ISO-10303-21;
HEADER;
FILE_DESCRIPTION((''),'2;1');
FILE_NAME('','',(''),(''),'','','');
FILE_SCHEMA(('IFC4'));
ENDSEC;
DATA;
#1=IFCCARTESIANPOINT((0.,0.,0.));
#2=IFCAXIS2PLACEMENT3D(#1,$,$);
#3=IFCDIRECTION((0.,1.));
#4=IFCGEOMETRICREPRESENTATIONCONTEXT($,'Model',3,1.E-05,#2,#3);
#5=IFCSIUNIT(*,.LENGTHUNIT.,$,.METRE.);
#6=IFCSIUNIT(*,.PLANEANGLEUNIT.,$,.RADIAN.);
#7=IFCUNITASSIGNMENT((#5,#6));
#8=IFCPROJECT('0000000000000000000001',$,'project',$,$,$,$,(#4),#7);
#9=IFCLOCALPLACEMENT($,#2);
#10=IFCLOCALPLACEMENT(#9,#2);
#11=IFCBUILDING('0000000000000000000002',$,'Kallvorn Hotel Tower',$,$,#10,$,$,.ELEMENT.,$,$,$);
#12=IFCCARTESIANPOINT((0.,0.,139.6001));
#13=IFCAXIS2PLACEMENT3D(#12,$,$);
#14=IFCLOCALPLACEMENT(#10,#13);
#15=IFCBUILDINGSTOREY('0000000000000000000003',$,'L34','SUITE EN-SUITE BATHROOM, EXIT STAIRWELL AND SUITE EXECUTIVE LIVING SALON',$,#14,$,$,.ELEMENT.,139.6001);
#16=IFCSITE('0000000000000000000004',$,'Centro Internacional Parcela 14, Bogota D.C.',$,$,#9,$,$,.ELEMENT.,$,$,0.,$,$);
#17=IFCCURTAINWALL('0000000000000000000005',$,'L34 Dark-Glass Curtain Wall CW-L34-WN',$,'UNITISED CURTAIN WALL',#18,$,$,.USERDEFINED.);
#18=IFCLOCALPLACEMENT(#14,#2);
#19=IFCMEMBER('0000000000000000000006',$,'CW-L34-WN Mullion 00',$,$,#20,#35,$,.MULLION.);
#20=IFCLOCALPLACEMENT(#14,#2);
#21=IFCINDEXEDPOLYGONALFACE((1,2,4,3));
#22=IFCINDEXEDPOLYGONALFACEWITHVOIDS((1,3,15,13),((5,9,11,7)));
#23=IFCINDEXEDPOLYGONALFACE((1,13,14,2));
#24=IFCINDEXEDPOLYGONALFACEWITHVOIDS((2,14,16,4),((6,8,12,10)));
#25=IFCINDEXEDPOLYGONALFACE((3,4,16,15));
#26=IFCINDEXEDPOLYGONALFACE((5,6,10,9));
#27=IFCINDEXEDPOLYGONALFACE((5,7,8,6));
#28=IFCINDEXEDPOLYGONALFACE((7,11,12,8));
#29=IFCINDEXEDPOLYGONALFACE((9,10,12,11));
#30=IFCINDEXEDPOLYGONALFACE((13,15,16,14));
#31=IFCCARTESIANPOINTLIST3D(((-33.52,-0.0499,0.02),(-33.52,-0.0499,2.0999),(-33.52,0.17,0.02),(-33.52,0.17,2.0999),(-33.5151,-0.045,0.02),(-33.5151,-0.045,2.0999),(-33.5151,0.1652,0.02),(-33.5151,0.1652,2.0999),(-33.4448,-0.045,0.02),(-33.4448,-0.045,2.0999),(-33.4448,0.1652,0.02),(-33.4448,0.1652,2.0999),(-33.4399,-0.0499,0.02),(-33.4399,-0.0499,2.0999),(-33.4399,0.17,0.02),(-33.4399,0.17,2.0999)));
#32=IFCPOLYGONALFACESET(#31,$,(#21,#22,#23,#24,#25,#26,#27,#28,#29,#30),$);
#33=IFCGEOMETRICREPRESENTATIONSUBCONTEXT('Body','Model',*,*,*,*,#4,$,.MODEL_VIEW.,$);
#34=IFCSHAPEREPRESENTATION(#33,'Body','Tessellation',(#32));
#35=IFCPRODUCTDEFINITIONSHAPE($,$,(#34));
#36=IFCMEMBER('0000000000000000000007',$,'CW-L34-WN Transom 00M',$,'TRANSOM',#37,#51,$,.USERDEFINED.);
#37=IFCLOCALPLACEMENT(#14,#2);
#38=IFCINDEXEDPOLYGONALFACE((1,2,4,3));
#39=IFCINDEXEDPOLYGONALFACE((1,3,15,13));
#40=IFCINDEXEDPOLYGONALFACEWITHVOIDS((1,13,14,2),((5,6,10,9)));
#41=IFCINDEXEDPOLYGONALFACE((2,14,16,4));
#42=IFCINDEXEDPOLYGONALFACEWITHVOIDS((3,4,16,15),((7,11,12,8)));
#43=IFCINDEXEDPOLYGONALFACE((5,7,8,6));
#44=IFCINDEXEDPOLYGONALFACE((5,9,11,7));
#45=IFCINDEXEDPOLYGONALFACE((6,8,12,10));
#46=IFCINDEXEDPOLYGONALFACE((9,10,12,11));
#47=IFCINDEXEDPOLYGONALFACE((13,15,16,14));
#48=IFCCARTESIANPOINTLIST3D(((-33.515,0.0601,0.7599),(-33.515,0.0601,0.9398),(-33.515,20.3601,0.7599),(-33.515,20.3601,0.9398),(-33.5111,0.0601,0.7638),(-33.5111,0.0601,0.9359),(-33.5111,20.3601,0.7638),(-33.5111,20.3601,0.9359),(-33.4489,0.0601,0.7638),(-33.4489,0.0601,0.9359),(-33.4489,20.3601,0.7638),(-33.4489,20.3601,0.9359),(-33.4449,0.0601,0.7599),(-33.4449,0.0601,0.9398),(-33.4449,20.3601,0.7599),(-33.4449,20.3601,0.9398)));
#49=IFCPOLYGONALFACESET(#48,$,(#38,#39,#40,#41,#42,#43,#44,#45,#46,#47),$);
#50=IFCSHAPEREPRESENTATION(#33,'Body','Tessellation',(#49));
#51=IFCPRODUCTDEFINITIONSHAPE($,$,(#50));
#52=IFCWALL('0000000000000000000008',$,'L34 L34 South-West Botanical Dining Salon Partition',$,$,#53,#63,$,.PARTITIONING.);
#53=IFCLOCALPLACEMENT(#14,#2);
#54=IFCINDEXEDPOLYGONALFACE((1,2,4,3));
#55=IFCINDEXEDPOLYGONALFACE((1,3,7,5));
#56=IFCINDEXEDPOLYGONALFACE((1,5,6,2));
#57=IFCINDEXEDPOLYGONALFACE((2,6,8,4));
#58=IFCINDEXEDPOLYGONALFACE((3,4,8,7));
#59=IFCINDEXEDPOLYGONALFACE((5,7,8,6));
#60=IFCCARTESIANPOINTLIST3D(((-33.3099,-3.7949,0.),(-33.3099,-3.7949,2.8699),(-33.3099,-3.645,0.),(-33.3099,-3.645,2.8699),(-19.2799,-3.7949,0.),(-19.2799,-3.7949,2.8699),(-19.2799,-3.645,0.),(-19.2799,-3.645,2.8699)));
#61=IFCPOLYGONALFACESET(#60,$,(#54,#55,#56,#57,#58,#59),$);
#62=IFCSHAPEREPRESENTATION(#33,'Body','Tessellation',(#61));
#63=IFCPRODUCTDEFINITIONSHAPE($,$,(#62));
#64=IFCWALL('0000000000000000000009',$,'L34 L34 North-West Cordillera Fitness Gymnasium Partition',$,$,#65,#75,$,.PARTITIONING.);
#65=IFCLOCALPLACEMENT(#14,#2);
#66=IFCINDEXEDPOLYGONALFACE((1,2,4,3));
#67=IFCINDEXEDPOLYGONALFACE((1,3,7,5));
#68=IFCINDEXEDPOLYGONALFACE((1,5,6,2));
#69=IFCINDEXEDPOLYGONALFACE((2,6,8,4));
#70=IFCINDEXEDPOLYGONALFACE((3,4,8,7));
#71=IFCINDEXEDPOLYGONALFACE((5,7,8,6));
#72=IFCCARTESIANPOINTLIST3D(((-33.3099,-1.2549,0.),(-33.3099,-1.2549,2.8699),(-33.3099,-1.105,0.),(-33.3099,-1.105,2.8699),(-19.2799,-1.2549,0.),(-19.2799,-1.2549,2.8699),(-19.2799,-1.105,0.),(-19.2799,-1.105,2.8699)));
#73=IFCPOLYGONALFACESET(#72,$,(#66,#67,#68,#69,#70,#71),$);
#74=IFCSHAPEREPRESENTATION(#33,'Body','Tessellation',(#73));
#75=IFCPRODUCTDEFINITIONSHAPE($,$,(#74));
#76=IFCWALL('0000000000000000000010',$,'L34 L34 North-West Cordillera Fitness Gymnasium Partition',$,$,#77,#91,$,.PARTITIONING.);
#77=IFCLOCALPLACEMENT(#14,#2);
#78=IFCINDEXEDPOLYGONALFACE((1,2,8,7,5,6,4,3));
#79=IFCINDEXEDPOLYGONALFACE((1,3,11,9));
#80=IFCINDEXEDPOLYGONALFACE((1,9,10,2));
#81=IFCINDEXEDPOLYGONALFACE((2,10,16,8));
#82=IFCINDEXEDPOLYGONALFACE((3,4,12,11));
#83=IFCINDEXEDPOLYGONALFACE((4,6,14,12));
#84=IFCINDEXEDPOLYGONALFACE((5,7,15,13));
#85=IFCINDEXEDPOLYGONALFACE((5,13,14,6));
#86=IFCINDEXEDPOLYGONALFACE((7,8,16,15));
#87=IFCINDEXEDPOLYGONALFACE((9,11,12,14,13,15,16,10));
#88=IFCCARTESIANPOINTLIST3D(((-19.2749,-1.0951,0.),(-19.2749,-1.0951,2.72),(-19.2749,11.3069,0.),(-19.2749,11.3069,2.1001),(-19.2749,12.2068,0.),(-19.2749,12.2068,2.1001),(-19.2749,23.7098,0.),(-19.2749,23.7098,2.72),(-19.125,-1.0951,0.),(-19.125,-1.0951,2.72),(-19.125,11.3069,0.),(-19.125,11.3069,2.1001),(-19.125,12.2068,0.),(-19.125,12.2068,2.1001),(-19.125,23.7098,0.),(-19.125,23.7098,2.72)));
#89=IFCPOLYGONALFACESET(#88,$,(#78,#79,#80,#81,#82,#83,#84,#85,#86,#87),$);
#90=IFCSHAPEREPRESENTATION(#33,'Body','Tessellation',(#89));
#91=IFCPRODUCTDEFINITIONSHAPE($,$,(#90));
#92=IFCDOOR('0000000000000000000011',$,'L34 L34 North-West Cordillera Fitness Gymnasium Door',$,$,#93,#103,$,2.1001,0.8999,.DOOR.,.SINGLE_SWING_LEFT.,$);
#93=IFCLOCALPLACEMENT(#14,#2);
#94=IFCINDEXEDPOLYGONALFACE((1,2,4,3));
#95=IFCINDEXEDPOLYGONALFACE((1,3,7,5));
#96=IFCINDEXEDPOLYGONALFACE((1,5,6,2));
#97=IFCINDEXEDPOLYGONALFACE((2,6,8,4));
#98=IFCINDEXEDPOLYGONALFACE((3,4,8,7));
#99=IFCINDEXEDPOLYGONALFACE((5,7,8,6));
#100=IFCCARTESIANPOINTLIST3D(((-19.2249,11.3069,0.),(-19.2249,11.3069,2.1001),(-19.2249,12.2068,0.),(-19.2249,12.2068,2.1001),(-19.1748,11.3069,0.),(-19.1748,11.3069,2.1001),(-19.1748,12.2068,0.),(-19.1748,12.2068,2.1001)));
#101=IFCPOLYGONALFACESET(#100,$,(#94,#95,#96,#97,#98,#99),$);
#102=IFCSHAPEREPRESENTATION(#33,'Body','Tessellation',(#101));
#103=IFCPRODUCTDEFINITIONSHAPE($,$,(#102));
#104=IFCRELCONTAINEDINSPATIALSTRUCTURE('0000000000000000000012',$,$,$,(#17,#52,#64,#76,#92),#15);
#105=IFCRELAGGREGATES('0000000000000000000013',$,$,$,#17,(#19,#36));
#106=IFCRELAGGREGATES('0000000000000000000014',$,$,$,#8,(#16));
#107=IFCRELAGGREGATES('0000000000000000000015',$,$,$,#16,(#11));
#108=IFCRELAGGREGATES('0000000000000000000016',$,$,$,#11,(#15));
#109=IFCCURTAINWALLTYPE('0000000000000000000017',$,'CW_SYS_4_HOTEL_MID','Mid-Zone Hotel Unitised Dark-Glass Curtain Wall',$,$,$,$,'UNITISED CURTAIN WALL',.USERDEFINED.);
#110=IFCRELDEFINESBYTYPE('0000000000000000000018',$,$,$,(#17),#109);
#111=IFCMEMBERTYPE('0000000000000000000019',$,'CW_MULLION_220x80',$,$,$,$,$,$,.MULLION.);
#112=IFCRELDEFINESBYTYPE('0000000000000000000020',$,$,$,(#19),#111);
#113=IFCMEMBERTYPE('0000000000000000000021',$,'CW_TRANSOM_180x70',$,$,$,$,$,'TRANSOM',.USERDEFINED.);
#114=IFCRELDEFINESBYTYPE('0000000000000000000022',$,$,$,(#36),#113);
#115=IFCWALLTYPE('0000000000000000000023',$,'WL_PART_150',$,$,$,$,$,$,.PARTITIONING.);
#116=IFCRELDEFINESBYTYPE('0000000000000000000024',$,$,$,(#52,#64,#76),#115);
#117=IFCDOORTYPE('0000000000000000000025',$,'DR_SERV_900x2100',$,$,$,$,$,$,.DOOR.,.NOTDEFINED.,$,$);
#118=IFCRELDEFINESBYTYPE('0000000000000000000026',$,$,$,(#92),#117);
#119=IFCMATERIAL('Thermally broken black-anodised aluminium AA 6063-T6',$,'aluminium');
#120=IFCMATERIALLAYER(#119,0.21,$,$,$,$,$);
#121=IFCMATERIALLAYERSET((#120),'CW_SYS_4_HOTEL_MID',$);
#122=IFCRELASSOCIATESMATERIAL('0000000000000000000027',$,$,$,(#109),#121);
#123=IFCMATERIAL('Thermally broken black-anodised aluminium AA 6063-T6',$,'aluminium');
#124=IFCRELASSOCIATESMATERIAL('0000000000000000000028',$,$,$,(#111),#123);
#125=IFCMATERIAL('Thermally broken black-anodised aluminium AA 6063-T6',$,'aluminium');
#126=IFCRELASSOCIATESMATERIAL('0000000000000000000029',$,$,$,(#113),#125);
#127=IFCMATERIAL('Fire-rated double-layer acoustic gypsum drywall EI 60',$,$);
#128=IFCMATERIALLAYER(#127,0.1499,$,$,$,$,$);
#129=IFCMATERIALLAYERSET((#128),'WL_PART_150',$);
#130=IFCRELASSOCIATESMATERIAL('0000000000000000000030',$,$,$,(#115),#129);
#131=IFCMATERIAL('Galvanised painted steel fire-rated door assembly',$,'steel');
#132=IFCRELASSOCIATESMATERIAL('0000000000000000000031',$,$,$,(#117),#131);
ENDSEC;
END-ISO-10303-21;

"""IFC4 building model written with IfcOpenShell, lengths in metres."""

from ifc_helpers import new_model, si_unit, direction, frame, frame_2d, origin, origin_2d, place, context, subcontext, project, spatial, rectangle, hollow_rectangle, extrude, material, layer, layer_set, material_profile, profile_set, type_object, element, fill, aggregate, save


model = new_model("IFC4")

# Units and contexts
model_context = context("Model", 3, precision=1e-05, world=origin(), true_north=direction((0.0, 1.0)))
body_context = subcontext(model_context, "Body", "Model", "MODEL_VIEW")
ifc_project = project(units=[si_unit("LENGTHUNIT", "METRE"), si_unit("PLANEANGLEUNIT", "RADIAN")], contexts=[model_context])

# Site, building, storey
site_placement = place(None, origin())
site = spatial("IfcSite", under=ifc_project, at=site_placement, Name="Centro Internacional Parcela 14, Bogota D.C.", CompositionType="ELEMENT", RefElevation=0.0)
building_placement = place(site_placement, origin())
building = spatial("IfcBuilding", under=site, at=building_placement, Name="Kallvorn Hotel Tower", CompositionType="ELEMENT")
storey_placement = place(building_placement, frame((0.0, 0.0, 139.6001)))
storey = spatial("IfcBuildingStorey", under=building, at=storey_placement, Name="L34", Description="SUITE EN-SUITE BATHROOM, EXIT STAIRWELL AND SUITE EXECUTIVE LIVING SALON", CompositionType="ELEMENT", Elevation=139.6001)

# Curtain wall, members
ifc_material_1 = material(Name="Thermally broken black-anodised aluminium AA 6063-T6", Category="aluminium")
ifc_layer_1 = layer(ifc_material_1, 0.21)
ifc_layer_set_1 = layer_set([ifc_layer_1], Name="CW_SYS_4_HOTEL_MID")
curtain_wall_type = type_object("IfcCurtainWallType", Name="CW_SYS_4_HOTEL_MID", Description="Mid-Zone Hotel Unitised Dark-Glass Curtain Wall", ElementType="UNITISED CURTAIN WALL", PredefinedType="USERDEFINED", material=ifc_layer_set_1)
curtain_wall_placement = place(storey_placement, origin())
curtain_wall = element("IfcCurtainWall", 1, at=curtain_wall_placement, inside=storey, type_object=curtain_wall_type, Name="L34 Dark-Glass Curtain Wall CW-L34-WN", ObjectType="UNITISED CURTAIN WALL", PredefinedType="USERDEFINED")
ifc_material_2 = material(Name="Thermally broken black-anodised aluminium AA 6063-T6", Category="aluminium")
ifc_material_profile_1 = material_profile(ifc_material_2, hollow_rectangle(XDim=0.0801, YDim=0.22, WallThickness=0.0049, at=origin_2d()), Name="MUL 220x80")
ifc_profile_set_1 = profile_set([ifc_material_profile_1], Name="Thermally broken black-anodised aluminium AA 6063-T6")
member_type_1 = type_object("IfcMemberType", Name="CW_MULLION_220x80", PredefinedType="MULLION", material=ifc_profile_set_1)
member_1_placement = place(storey_placement, frame((-33.48, 0.0601, 0.02), z_axis=(0.0, 0.0, 1.0), x_axis=(1.0, 0.0, 0.0)))
member_1 = element("IfcMember", 2, at=member_1_placement, type_object=member_type_1, Name="CW-L34-WN Mullion 00", PredefinedType="MULLION", context=body_context, shape_type="SweptSolid", body=[
    extrude(hollow_rectangle(XDim=0.0801, YDim=0.22, WallThickness=0.0049, at=origin_2d()), origin(), (0.0, 0.0, 1.0), 2.0798),
])
ifc_material_3 = material(Name="Thermally broken black-anodised aluminium AA 6063-T6", Category="aluminium")
ifc_material_profile_2 = material_profile(ifc_material_3, hollow_rectangle(XDim=0.0701, YDim=0.1799, WallThickness=0.0039, at=origin_2d()), Name="TRN 180x70")
ifc_profile_set_2 = profile_set([ifc_material_profile_2], Name="Thermally broken black-anodised aluminium AA 6063-T6")
member_type_2 = type_object("IfcMemberType", Name="CW_TRANSOM_180x70", ElementType="TRANSOM", PredefinedType="USERDEFINED", material=ifc_profile_set_2)
member_2_placement = place(storey_placement, frame((-33.48, 0.0601, 0.8499), z_axis=(0.0, 1.0, 0.0), x_axis=(-1.0, 0.0, 0.0)))
member_2 = element("IfcMember", 3, at=member_2_placement, type_object=member_type_2, Name="CW-L34-WN Transom 00M", ObjectType="TRANSOM", PredefinedType="USERDEFINED", context=body_context, shape_type="SweptSolid", body=[
    extrude(hollow_rectangle(XDim=0.0701, YDim=0.1799, WallThickness=0.0039, at=origin_2d()), origin(), (0.0, 0.0, 1.0), 20.3),
])
aggregate(curtain_wall, [member_1, member_2])

# Walls
ifc_material_4 = material(Name="Fire-rated double-layer acoustic gypsum drywall EI 60")
ifc_layer_2 = layer(ifc_material_4, 0.1499)
ifc_layer_set_2 = layer_set([ifc_layer_2], Name="WL_PART_150")
wall_type = type_object("IfcWallType", Name="WL_PART_150", PredefinedType="PARTITIONING", material=ifc_layer_set_2)
for number, where, z_axis, x_axis, name in (
    (4, (-33.3101, -3.72, 0.0), (0.0, 0.0, 1.0), (1.0, 0.0, 0.0), "L34 L34 South-West Botanical Dining Salon Partition"),
    (5, (-33.3101, -1.1799, 0.0), (0.0, 0.0, 1.0), (1.0, 0.0, 0.0), "L34 L34 North-West Cordillera Fitness Gymnasium Partition"),
):
    element("IfcWall", number, at=place(storey_placement, frame(where, z_axis=z_axis, x_axis=x_axis)), inside=storey, type_object=wall_type, Name=name, PredefinedType="PARTITIONING", context=body_context, shape_type="SweptSolid", body=[
        extrude(rectangle(XDim=14.03, YDim=0.1499, at=frame_2d((7.0151, 0.0))), origin(), (0.0, 0.0, 1.0), 2.8699),
    ])

# Wall, opening, door
wall_placement = place(storey_placement, frame((-19.2, -1.095, 0.0), z_axis=(0.0, 0.0, 1.0), x_axis=(0.0, 1.0, 0.0)))
wall = element("IfcWall", 6, at=wall_placement, inside=storey, type_object=wall_type, Name="L34 L34 North-West Cordillera Fitness Gymnasium Partition", PredefinedType="PARTITIONING", context=body_context, shape_type="SweptSolid", body=[
    extrude(rectangle(XDim=24.8049, YDim=0.1499, at=frame_2d((12.4023, 0.0))), origin(), (0.0, 0.0, 1.0), 2.72),
])
opening_placement = place(wall_placement, frame((12.4019, 0.0, 0.0)))
opening = element("IfcOpeningElement", 7, at=opening_placement, cuts=wall, PredefinedType="OPENING", context=body_context, shape_type="SweptSolid", body=[
    extrude(rectangle(XDim=0.8999, YDim=2.1001, at=frame_2d((0.45, 1.05))), frame((0.0, 0.0898, 0.0), z_axis=(0.0, -1.0, 0.0), x_axis=(1.0, 0.0, 0.0)), (0.0, 0.0, 1.0), 0.1799),
])
ifc_material_5 = material(Name="Galvanised painted steel fire-rated door assembly", Category="steel")
door_type = type_object("IfcDoorType", Name="DR_SERV_900x2100", OperationType="NOTDEFINED", PredefinedType="DOOR", material=ifc_material_5)
door_placement = place(opening_placement, origin())
door = element("IfcDoor", 8, at=door_placement, inside=storey, type_object=door_type, Name="L34 L34 North-West Cordillera Fitness Gymnasium Door", OperationType="SINGLE_SWING_LEFT", OverallHeight=2.1001, OverallWidth=0.8999, PredefinedType="DOOR", context=body_context, shape_type="SweptSolid", body=[
    extrude(rectangle(XDim=0.8999, YDim=2.1001, at=frame_2d((0.45, 1.05))), frame((0.0, 0.0249, 0.0), z_axis=(0.0, -1.0, 0.0), x_axis=(1.0, 0.0, 0.0)), (0.0, 0.0, 1.0), 0.05),
])
fill(opening, door)

save(model, "model.ifc")
